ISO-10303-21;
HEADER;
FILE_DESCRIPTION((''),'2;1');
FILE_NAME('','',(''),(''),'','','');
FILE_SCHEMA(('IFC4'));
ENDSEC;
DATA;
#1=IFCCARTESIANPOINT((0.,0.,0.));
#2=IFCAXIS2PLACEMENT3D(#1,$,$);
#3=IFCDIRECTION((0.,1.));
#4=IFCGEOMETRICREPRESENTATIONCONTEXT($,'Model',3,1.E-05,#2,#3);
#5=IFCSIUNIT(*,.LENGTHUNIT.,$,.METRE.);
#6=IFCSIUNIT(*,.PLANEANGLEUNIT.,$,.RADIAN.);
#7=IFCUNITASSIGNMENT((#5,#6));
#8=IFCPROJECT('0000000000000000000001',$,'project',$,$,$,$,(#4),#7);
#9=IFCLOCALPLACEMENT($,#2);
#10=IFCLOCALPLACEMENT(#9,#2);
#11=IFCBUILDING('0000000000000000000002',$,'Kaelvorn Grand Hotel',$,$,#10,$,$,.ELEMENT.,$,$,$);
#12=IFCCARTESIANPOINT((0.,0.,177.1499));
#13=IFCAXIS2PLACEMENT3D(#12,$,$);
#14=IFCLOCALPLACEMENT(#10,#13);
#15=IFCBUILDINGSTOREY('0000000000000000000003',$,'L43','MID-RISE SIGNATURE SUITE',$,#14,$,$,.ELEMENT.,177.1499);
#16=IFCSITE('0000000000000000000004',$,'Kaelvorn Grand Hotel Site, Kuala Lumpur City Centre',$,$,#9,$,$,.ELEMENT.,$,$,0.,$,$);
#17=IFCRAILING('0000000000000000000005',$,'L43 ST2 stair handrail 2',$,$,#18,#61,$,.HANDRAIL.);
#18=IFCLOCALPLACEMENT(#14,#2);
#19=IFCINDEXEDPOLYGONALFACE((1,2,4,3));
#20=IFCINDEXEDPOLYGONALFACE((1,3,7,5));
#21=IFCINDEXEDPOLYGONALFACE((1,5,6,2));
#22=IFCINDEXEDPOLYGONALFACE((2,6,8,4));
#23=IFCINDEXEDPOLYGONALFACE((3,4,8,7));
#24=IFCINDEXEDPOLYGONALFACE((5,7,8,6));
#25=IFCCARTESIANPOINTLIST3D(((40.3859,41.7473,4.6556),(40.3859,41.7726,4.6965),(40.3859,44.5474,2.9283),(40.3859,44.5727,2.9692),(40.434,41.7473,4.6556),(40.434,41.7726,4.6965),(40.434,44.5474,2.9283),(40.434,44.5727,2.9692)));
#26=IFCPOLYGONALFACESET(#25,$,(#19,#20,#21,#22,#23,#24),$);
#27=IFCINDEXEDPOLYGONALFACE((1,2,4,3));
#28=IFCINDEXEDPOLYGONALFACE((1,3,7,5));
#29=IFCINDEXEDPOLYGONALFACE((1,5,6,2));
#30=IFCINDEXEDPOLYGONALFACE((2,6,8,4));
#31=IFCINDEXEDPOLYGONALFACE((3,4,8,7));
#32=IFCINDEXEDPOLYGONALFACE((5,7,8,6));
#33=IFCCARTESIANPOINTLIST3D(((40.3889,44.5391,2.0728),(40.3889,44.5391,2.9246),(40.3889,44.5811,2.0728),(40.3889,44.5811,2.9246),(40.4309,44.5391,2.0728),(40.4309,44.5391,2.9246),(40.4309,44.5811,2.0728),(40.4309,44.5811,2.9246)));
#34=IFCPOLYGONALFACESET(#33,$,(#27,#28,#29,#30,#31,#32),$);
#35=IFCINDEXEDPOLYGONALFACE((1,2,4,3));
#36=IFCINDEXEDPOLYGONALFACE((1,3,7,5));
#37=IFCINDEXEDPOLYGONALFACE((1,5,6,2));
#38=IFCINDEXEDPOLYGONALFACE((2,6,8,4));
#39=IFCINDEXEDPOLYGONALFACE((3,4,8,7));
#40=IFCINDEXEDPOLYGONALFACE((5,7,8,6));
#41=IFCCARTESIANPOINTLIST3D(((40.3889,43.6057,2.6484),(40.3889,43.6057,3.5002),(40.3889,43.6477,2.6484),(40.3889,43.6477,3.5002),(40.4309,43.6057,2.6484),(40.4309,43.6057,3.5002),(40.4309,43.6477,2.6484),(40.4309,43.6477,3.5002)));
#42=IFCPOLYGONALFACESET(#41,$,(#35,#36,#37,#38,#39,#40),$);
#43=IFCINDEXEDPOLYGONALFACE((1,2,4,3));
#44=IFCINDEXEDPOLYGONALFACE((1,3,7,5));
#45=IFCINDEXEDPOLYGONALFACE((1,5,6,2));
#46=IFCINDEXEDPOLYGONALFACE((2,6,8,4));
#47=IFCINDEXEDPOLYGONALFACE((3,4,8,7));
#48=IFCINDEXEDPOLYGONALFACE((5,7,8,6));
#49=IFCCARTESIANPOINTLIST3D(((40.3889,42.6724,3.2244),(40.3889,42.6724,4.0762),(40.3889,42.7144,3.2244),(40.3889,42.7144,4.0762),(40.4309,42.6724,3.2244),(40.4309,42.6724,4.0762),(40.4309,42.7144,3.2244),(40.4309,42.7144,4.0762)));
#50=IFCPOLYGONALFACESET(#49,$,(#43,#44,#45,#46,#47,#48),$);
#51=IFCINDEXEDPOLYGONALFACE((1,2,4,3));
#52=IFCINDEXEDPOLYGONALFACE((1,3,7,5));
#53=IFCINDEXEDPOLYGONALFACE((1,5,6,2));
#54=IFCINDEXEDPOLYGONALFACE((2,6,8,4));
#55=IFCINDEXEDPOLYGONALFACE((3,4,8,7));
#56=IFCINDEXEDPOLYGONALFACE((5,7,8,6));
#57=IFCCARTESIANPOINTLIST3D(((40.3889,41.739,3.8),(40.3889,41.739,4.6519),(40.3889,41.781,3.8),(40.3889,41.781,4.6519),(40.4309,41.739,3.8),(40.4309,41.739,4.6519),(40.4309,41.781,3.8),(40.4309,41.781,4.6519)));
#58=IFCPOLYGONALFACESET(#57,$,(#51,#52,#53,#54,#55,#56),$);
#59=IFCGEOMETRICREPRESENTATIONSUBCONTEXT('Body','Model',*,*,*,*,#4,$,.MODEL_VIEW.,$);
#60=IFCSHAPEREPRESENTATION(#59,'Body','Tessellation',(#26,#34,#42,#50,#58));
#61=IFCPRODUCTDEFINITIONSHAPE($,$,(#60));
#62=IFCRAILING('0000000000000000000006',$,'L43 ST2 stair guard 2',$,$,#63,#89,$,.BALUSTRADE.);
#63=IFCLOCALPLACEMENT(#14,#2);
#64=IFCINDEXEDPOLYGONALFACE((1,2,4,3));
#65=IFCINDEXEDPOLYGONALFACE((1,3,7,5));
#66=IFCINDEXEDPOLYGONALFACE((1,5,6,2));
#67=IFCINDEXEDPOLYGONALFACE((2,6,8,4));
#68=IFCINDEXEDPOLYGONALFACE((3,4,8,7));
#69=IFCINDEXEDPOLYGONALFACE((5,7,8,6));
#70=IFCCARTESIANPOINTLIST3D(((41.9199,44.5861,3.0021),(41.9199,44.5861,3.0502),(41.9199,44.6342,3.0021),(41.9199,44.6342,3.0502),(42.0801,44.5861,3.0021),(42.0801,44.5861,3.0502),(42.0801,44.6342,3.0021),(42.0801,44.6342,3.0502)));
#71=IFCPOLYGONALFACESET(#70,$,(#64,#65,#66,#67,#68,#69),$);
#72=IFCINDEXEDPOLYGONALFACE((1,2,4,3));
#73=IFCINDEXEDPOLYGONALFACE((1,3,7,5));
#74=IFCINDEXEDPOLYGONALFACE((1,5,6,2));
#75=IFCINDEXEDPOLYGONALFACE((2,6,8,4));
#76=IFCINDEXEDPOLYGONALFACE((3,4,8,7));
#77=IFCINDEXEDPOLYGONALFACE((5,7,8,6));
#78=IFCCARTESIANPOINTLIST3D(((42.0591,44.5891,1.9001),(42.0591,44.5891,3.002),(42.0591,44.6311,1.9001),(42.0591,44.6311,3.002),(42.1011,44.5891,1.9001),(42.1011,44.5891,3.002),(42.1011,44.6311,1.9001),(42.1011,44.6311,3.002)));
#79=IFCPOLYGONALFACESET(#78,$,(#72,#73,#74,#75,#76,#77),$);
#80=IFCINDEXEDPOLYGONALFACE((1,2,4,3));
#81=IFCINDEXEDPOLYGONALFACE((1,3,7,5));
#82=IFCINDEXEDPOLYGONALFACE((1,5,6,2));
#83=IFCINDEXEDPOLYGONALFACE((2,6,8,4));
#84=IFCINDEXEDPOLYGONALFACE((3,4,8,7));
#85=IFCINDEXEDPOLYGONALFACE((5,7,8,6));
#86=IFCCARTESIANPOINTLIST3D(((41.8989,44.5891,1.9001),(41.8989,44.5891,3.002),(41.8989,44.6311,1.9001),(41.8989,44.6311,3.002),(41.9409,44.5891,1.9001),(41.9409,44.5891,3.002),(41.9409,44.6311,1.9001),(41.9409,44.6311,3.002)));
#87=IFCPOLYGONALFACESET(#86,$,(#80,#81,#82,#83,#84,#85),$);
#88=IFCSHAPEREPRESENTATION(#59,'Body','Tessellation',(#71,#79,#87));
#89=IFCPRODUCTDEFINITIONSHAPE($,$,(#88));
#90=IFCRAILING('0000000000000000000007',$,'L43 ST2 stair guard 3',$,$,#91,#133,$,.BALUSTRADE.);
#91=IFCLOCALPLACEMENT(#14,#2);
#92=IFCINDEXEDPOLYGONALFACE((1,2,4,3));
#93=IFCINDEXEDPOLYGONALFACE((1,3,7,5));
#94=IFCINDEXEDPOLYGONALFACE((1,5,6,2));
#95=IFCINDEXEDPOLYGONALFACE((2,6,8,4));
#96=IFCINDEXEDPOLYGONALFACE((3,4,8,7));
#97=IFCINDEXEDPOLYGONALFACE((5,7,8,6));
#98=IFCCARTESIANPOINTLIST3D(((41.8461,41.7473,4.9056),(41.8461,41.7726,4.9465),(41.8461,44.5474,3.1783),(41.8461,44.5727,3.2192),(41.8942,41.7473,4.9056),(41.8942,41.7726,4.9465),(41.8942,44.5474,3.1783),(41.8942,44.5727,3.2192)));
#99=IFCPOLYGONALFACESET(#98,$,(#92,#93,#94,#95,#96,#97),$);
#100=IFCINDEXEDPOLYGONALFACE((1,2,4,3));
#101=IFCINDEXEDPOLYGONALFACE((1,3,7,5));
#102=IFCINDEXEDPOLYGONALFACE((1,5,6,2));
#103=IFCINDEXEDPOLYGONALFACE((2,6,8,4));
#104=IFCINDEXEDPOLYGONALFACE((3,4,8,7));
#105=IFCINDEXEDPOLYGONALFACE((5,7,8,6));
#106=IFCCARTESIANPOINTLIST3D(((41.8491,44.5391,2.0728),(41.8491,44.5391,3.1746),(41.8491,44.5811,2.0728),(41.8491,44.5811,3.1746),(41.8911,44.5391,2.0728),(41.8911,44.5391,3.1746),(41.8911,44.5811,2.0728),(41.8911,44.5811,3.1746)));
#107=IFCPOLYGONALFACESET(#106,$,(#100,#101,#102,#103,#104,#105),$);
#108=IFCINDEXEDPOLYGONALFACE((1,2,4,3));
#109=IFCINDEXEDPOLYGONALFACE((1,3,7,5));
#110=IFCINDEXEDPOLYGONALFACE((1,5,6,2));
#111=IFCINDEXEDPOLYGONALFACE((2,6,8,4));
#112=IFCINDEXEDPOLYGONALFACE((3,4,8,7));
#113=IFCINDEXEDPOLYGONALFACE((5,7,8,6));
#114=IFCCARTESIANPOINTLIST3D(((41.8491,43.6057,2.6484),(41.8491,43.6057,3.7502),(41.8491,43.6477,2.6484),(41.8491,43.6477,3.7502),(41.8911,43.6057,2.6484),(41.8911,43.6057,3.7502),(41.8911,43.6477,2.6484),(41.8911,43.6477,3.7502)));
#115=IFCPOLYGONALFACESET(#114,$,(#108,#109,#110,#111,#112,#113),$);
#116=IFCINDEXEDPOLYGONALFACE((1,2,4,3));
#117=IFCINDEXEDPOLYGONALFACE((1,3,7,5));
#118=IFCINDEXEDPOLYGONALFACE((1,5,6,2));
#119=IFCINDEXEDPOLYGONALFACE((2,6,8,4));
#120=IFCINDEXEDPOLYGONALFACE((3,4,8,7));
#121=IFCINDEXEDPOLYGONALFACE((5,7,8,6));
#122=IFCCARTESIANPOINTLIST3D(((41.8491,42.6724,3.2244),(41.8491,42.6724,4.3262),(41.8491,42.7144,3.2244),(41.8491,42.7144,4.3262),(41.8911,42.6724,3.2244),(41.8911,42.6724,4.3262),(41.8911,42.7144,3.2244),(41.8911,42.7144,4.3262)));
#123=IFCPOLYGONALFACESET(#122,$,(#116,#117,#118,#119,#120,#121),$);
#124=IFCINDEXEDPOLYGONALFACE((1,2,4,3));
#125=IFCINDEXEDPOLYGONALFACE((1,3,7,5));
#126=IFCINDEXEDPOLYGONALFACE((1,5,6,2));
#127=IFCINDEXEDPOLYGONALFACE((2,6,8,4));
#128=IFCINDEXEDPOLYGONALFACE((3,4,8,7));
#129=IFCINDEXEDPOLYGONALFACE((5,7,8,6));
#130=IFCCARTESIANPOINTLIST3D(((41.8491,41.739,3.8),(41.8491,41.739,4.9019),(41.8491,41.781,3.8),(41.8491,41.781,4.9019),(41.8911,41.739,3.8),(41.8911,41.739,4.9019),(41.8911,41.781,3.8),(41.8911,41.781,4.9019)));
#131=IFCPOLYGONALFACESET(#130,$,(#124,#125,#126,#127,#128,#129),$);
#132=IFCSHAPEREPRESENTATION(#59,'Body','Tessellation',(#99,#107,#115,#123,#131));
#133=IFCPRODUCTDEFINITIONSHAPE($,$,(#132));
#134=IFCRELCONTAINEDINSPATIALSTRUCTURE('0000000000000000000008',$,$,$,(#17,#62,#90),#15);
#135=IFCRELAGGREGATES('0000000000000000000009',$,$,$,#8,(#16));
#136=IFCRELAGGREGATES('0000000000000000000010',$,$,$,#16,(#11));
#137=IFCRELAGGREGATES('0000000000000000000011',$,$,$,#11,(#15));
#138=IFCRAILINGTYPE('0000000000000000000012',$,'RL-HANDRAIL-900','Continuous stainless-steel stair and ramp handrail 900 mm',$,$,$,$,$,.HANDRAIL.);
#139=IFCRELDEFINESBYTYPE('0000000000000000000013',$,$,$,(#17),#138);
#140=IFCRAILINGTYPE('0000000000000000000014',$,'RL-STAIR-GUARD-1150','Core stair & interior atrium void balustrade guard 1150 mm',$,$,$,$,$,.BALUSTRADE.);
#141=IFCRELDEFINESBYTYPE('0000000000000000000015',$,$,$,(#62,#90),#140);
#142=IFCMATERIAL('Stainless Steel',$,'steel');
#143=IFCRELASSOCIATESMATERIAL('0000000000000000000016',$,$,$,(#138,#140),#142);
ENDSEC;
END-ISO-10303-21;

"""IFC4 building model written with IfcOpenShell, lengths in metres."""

from ifc_helpers import new_model, si_unit, direction, frame, origin, origin_2d, place, context, subcontext, project, spatial, rectangle, extrude, material, type_object, element, save


model = new_model("IFC4")

# Units and contexts
model_context = context("Model", 3, precision=1e-05, world=origin(), true_north=direction((0.0, 1.0)))
body_context = subcontext(model_context, "Body", "Model", "MODEL_VIEW")
ifc_project = project(units=[si_unit("LENGTHUNIT", "METRE"), si_unit("PLANEANGLEUNIT", "RADIAN")], contexts=[model_context])

# Site, building, storey
site_placement = place(None, origin())
site = spatial("IfcSite", under=ifc_project, at=site_placement, Name="Kaelvorn Grand Hotel Site, Kuala Lumpur City Centre", CompositionType="ELEMENT", RefElevation=0.0)
building_placement = place(site_placement, origin())
building = spatial("IfcBuilding", under=site, at=building_placement, Name="Kaelvorn Grand Hotel", CompositionType="ELEMENT")
storey_placement = place(building_placement, frame((0.0, 0.0, 177.1499)))
storey = spatial("IfcBuildingStorey", under=building, at=storey_placement, Name="L43", Description="MID-RISE SIGNATURE SUITE", CompositionType="ELEMENT", Elevation=177.1499)

# Railings
ifc_material_1 = material(Name="Stainless Steel", Category="steel")
railing_type_1 = type_object("IfcRailingType", Name="RL-HANDRAIL-900", Description="Continuous stainless-steel stair and ramp handrail 900 mm", PredefinedType="HANDRAIL", material=ifc_material_1)
railing_1_placement = place(storey_placement, frame((40.4099, 44.5601, 2.0728)))
element("IfcRailing", 1, at=railing_1_placement, inside=storey, type_object=railing_type_1, Name="L43 ST2 stair handrail 2", PredefinedType="HANDRAIL", context=body_context, shape_type="SweptSolid", body=[
    extrude(rectangle(XDim=0.0481, YDim=0.0481, at=origin_2d()), frame((0.0, 0.0, 0.876), z_axis=(0.0, -0.85109, 0.52502), x_axis=(1.0, 0.0, 0.0)), (0.0, 0.0, 1.0), 3.29),
    extrude(rectangle(XDim=0.042, YDim=0.042, at=origin_2d()), origin(), (0.0, 0.0, 1.0), 0.8518),
    extrude(rectangle(XDim=0.042, YDim=0.042, at=origin_2d()), frame((0.0, -0.9333, 0.5757)), (0.0, 0.0, 1.0), 0.8518),
    extrude(rectangle(XDim=0.042, YDim=0.042, at=origin_2d()), frame((0.0, -1.8667, 1.1516)), (0.0, 0.0, 1.0), 0.8518),
    extrude(rectangle(XDim=0.042, YDim=0.042, at=origin_2d()), frame((0.0, -2.8, 1.7273)), (0.0, 0.0, 1.0), 0.8518),
])
railing_type_2 = type_object("IfcRailingType", Name="RL-STAIR-GUARD-1150", Description="Core stair & interior atrium void balustrade guard 1150 mm", PredefinedType="BALUSTRADE", material=ifc_material_1)
railing_2_placement = place(storey_placement, frame((42.0801, 44.6101, 1.9001)))
element("IfcRailing", 2, at=railing_2_placement, inside=storey, type_object=railing_type_2, Name="L43 ST2 stair guard 2", PredefinedType="BALUSTRADE", context=body_context, shape_type="SweptSolid", body=[
    extrude(rectangle(XDim=0.0481, YDim=0.0481, at=origin_2d()), frame((0.0, 0.0, 1.126), z_axis=(-1.0, 0.0, 0.0), x_axis=(0.0, -1.0, 0.0)), (0.0, 0.0, 1.0), 0.1602),
    extrude(rectangle(XDim=0.042, YDim=0.042, at=origin_2d()), origin(), (0.0, 0.0, 1.0), 1.1018),
    extrude(rectangle(XDim=0.042, YDim=0.042, at=origin_2d()), frame((-0.1602, 0.0, 0.0)), (0.0, 0.0, 1.0), 1.1018),
])
railing_3_placement = place(storey_placement, frame((41.8701, 44.5601, 2.0728)))
element("IfcRailing", 3, at=railing_3_placement, inside=storey, type_object=railing_type_2, Name="L43 ST2 stair guard 3", PredefinedType="BALUSTRADE", context=body_context, shape_type="SweptSolid", body=[
    extrude(rectangle(XDim=0.0481, YDim=0.0481, at=origin_2d()), frame((0.0, 0.0, 1.126), z_axis=(0.0, -0.85109, 0.52502), x_axis=(1.0, 0.0, 0.0)), (0.0, 0.0, 1.0), 3.29),
    extrude(rectangle(XDim=0.042, YDim=0.042, at=origin_2d()), origin(), (0.0, 0.0, 1.0), 1.1018),
    extrude(rectangle(XDim=0.042, YDim=0.042, at=origin_2d()), frame((0.0, -0.9333, 0.5757)), (0.0, 0.0, 1.0), 1.1018),
    extrude(rectangle(XDim=0.042, YDim=0.042, at=origin_2d()), frame((0.0, -1.8667, 1.1516)), (0.0, 0.0, 1.0), 1.1018),
    extrude(rectangle(XDim=0.042, YDim=0.042, at=origin_2d()), frame((0.0, -2.8, 1.7273)), (0.0, 0.0, 1.0), 1.1018),
])

save(model, "model.ifc")
